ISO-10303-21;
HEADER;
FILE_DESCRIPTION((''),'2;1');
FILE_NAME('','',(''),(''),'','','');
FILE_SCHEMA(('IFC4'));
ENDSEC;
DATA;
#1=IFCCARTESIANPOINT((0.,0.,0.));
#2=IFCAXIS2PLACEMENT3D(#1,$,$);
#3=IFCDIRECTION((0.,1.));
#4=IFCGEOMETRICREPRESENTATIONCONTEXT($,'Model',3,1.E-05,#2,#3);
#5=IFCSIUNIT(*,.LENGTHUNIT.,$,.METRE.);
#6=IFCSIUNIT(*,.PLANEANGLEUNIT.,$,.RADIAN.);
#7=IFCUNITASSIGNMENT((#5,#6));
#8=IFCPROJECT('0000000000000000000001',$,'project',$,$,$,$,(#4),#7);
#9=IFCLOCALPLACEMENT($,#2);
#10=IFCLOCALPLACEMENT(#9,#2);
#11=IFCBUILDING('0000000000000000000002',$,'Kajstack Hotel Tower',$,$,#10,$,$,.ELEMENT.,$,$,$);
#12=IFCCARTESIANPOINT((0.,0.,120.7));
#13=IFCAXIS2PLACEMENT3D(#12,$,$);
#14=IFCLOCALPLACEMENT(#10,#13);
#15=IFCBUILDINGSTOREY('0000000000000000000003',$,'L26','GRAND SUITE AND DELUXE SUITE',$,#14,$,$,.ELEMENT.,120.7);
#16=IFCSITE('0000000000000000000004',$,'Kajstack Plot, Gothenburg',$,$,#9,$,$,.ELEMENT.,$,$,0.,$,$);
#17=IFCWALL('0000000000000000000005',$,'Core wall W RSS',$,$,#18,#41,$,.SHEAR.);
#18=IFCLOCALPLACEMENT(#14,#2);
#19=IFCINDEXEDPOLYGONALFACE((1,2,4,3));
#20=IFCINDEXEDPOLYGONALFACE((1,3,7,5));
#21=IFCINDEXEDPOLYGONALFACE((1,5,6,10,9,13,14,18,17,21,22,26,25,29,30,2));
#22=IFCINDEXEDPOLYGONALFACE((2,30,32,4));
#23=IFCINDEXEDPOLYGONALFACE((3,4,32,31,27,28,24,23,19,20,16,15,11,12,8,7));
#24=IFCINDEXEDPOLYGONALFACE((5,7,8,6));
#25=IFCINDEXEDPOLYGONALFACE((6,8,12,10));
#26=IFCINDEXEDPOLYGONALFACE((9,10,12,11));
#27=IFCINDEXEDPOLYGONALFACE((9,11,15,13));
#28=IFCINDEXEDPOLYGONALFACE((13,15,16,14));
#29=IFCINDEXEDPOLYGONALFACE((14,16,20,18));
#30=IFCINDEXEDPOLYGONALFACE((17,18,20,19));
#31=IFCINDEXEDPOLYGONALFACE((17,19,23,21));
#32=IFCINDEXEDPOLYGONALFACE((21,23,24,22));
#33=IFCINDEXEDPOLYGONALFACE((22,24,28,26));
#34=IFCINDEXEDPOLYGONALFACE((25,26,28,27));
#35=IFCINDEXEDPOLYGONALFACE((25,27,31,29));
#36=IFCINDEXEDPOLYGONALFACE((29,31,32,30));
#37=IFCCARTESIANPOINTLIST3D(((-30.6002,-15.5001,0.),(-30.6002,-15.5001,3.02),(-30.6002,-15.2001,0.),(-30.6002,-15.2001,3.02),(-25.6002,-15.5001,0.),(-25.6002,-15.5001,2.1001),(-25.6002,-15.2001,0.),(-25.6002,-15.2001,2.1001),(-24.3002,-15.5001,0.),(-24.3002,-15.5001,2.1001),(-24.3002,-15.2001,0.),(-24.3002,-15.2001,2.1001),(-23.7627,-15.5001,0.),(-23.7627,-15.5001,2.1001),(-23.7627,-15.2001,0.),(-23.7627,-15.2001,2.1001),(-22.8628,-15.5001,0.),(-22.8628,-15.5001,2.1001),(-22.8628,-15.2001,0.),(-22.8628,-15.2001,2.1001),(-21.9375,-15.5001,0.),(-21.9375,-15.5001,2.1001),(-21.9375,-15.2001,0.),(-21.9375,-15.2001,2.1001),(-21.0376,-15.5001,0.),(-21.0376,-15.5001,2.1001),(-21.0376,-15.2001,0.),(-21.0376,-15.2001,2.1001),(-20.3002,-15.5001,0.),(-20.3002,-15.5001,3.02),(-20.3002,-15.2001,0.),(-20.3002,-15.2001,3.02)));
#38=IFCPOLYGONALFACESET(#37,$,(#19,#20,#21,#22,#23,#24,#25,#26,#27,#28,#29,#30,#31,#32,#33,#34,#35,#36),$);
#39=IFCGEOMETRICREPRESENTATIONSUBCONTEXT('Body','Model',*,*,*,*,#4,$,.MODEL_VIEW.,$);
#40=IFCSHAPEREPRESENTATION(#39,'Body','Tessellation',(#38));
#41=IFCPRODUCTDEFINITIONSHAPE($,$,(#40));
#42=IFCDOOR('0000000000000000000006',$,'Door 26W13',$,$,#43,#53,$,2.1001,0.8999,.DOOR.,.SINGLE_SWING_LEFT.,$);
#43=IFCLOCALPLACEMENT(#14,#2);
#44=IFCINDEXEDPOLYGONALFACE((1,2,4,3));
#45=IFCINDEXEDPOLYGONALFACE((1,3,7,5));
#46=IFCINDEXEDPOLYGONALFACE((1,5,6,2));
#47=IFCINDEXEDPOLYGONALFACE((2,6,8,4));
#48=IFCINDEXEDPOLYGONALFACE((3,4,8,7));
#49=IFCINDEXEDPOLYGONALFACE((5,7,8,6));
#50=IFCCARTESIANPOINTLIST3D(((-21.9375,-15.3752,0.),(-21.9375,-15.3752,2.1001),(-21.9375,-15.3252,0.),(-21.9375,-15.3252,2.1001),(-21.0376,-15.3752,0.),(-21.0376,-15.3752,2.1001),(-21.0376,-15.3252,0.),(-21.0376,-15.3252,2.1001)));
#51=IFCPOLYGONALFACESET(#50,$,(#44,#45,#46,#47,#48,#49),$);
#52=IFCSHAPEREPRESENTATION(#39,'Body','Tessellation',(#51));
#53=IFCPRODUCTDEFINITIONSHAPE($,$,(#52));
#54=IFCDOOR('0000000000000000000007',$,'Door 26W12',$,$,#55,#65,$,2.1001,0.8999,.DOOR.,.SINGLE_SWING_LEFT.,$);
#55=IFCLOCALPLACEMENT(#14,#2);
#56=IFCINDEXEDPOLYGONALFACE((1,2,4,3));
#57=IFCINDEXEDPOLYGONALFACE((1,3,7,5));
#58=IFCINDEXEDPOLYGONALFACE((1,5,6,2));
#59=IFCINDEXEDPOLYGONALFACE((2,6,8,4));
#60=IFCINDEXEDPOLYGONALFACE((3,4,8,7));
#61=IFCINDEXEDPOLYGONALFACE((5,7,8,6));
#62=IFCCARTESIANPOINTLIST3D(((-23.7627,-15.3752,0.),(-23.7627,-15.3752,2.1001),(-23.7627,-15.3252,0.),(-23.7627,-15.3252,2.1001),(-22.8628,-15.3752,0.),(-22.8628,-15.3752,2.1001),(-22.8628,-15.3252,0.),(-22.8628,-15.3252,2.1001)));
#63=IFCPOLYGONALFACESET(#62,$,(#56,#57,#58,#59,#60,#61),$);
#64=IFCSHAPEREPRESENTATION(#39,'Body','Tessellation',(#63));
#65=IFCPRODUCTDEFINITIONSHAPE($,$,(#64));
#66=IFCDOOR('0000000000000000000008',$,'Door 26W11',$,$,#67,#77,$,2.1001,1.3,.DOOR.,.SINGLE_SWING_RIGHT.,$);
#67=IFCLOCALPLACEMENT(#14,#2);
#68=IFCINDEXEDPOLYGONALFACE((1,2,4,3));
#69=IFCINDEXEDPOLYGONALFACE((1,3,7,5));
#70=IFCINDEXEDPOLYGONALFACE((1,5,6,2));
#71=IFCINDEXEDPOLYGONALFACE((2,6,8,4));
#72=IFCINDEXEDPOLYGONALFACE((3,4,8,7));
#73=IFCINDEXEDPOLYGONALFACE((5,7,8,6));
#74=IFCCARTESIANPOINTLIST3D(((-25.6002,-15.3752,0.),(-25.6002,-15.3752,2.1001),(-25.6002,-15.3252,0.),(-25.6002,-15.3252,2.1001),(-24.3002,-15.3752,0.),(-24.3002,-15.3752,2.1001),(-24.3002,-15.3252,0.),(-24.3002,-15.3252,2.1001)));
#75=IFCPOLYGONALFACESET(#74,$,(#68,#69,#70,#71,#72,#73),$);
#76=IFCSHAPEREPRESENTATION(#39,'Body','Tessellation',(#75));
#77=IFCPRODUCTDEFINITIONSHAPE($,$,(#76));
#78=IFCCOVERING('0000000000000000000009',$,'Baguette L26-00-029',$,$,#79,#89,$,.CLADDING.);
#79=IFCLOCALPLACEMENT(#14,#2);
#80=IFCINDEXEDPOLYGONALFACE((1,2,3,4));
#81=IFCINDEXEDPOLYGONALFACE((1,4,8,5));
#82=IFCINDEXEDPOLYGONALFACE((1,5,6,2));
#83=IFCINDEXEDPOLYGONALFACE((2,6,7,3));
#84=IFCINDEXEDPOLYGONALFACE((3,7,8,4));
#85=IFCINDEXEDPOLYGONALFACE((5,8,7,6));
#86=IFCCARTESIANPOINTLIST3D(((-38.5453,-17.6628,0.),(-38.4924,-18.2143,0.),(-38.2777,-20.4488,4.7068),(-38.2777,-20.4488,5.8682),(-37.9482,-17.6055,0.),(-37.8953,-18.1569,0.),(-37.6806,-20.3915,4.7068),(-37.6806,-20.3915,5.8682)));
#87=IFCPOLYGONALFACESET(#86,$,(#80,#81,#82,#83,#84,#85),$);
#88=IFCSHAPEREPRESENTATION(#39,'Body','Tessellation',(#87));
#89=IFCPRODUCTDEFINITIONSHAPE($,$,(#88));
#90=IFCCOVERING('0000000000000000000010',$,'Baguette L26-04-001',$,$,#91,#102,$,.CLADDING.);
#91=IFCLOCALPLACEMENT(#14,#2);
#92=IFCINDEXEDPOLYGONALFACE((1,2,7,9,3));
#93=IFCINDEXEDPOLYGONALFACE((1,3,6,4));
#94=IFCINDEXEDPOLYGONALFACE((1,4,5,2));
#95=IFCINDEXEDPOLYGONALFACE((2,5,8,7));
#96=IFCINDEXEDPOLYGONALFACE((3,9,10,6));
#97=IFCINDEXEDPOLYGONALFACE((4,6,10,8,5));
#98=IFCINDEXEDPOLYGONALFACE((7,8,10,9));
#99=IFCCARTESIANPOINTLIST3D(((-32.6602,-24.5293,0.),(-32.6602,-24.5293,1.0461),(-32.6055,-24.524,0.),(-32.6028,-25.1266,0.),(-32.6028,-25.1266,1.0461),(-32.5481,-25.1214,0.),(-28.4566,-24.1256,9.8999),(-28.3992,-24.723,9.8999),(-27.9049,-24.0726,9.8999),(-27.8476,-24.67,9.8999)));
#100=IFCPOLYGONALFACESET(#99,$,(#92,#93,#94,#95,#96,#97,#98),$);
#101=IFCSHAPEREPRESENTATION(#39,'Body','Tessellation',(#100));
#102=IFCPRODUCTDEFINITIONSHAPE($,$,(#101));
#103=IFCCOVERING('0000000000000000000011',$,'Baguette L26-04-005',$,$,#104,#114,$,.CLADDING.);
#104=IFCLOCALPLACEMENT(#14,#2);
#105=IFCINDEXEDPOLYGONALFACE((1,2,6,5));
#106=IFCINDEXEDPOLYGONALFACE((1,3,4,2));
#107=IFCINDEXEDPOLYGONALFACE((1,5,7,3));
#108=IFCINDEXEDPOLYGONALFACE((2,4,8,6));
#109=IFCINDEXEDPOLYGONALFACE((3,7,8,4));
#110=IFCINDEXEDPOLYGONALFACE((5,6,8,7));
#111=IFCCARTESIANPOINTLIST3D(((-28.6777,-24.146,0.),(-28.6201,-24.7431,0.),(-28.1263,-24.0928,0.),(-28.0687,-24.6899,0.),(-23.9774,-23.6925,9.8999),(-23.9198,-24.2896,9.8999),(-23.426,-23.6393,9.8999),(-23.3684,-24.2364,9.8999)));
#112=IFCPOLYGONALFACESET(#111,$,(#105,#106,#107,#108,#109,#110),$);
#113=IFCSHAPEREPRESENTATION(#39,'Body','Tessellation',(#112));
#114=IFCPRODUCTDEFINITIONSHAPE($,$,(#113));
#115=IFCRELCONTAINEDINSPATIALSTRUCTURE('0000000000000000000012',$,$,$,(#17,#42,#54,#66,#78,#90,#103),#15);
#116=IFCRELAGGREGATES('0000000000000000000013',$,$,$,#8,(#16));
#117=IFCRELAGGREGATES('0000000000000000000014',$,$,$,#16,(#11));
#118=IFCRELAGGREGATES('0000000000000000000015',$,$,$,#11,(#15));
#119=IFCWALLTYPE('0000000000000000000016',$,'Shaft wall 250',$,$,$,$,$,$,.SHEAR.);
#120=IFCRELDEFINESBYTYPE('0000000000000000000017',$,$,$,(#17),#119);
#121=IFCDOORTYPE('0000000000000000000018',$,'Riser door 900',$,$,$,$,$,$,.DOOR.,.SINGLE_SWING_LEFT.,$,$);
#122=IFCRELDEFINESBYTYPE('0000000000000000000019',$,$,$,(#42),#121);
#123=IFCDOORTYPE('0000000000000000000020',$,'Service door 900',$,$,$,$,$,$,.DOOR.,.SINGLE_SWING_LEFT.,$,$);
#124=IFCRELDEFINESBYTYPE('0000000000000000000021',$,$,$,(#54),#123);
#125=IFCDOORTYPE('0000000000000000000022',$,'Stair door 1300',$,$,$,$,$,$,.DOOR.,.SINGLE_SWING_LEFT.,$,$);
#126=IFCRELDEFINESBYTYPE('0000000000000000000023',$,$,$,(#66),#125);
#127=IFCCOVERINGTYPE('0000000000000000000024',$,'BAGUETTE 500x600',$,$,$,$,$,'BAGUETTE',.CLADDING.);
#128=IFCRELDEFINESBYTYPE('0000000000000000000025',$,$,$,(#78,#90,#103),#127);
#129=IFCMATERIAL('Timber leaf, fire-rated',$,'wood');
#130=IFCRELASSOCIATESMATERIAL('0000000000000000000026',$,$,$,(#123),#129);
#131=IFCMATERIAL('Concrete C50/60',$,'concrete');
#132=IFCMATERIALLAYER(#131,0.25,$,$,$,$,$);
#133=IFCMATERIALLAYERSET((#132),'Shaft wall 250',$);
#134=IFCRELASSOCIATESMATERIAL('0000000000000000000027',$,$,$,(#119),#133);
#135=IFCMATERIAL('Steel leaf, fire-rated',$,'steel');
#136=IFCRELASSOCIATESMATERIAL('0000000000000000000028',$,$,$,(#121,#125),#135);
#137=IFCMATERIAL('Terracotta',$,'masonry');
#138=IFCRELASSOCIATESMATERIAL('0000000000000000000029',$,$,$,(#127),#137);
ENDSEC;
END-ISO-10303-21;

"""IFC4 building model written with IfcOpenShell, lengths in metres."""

from ifc_helpers import new_model, si_unit, direction, frame, frame_2d, origin, origin_2d, place, context, subcontext, project, spatial, polyline, rectangle, outline, extrude, material, layer, layer_set, material_profile, profile_set, type_object, element, fill, save


model = new_model("IFC4")

# Units and contexts
model_context = context("Model", 3, precision=1e-05, world=origin(), true_north=direction((0.0, 1.0)))
body_context = subcontext(model_context, "Body", "Model", "MODEL_VIEW")
ifc_project = project(units=[si_unit("LENGTHUNIT", "METRE"), si_unit("PLANEANGLEUNIT", "RADIAN")], contexts=[model_context])

# Site, building, storey
site_placement = place(None, origin())
site = spatial("IfcSite", under=ifc_project, at=site_placement, Name="Kajstack Plot, Gothenburg", CompositionType="ELEMENT", RefElevation=0.0)
building_placement = place(site_placement, origin())
building = spatial("IfcBuilding", under=site, at=building_placement, Name="Kajstack Hotel Tower", CompositionType="ELEMENT")
storey_placement = place(building_placement, frame((0.0, 0.0, 120.7)))
storey = spatial("IfcBuildingStorey", under=building, at=storey_placement, Name="L26", Description="GRAND SUITE AND DELUXE SUITE", CompositionType="ELEMENT", Elevation=120.7)

# Shared definitions
ifc_material_1 = material(Name="Timber leaf, fire-rated", Category="wood")
door_type_1 = type_object("IfcDoorType", Name="Service door 900", OperationType="SINGLE_SWING_LEFT", PredefinedType="DOOR", material=ifc_material_1)

# Wall, openings, doors
ifc_material_2 = material(Name="Concrete C50/60", Category="concrete")
ifc_layer_1 = layer(ifc_material_2, 0.25)
ifc_layer_set_1 = layer_set([ifc_layer_1], Name="Shaft wall 250")
wall_type_1 = type_object("IfcWallType", Name="Shaft wall 250", PredefinedType="SHEAR", material=ifc_layer_set_1)
wall_1_placement = place(storey_placement, frame((-30.6001, -15.3501, 0.0), z_axis=(0.0, 0.0, 1.0), x_axis=(1.0, 0.0, 0.0)))
wall_1 = element("IfcWall", 1, at=wall_1_placement, inside=storey, type_object=wall_type_1, Name="Core wall W RSS", PredefinedType="SHEAR", context=body_context, shape_type="SweptSolid", body=[
    extrude(rectangle(XDim=10.3, YDim=0.3, at=frame_2d((5.1499, 0.0))), origin(), (0.0, 0.0, 1.0), 3.02),
])
opening_1_placement = place(wall_1_placement, frame((5.0, 0.0, 0.0)))
opening_1 = element("IfcOpeningElement", 2, at=opening_1_placement, cuts=wall_1, PredefinedType="OPENING", context=body_context, shape_type="SweptSolid", body=[
    extrude(rectangle(XDim=1.3, YDim=2.1001, at=frame_2d((0.6499, 1.05))), frame((0.0, 0.1599, 0.0), z_axis=(0.0, -1.0, 0.0), x_axis=(1.0, 0.0, 0.0)), (0.0, 0.0, 1.0), 0.3201),
])
opening_2_placement = place(wall_1_placement, frame((6.8374, 0.0, 0.0)))
opening_2 = element("IfcOpeningElement", 3, at=opening_2_placement, cuts=wall_1, PredefinedType="OPENING", context=body_context, shape_type="SweptSolid", body=[
    extrude(rectangle(XDim=0.8999, YDim=2.1001, at=frame_2d((0.45, 1.05))), frame((0.0, 0.1599, 0.0), z_axis=(0.0, -1.0, 0.0), x_axis=(1.0, 0.0, 0.0)), (0.0, 0.0, 1.0), 0.3201),
])
opening_3_placement = place(wall_1_placement, frame((8.6626, 0.0, 0.0)))
opening_3 = element("IfcOpeningElement", 4, at=opening_3_placement, cuts=wall_1, PredefinedType="OPENING", context=body_context, shape_type="SweptSolid", body=[
    extrude(rectangle(XDim=0.8999, YDim=2.1001, at=frame_2d((0.45, 1.05))), frame((0.0, 0.1599, 0.0), z_axis=(0.0, -1.0, 0.0), x_axis=(1.0, 0.0, 0.0)), (0.0, 0.0, 1.0), 0.3201),
])
ifc_material_3 = material(Name="Steel leaf, fire-rated", Category="steel")
door_type_2 = type_object("IfcDoorType", Name="Riser door 900", OperationType="SINGLE_SWING_LEFT", PredefinedType="DOOR", material=ifc_material_3)
door_1_placement = place(opening_3_placement, origin())
door_1 = element("IfcDoor", 5, at=door_1_placement, inside=storey, type_object=door_type_2, Name="Door 26W13", OperationType="SINGLE_SWING_LEFT", OverallHeight=2.1001, OverallWidth=0.8999, PredefinedType="DOOR", context=body_context, shape_type="SweptSolid", body=[
    extrude(rectangle(XDim=0.8999, YDim=2.1001, at=frame_2d((0.45, 1.05))), frame((0.0, 0.0249, 0.0), z_axis=(0.0, -1.0, 0.0), x_axis=(1.0, 0.0, 0.0)), (0.0, 0.0, 1.0), 0.05),
])
fill(opening_3, door_1)
door_2_placement = place(opening_2_placement, origin())
door_2 = element("IfcDoor", 6, at=door_2_placement, inside=storey, type_object=door_type_1, Name="Door 26W12", OperationType="SINGLE_SWING_LEFT", OverallHeight=2.1001, OverallWidth=0.8999, PredefinedType="DOOR", context=body_context, shape_type="SweptSolid", body=[
    extrude(rectangle(XDim=0.8999, YDim=2.1001, at=frame_2d((0.45, 1.05))), frame((0.0, 0.0249, 0.0), z_axis=(0.0, -1.0, 0.0), x_axis=(1.0, 0.0, 0.0)), (0.0, 0.0, 1.0), 0.05),
])
fill(opening_2, door_2)
door_type_3 = type_object("IfcDoorType", Name="Stair door 1300", OperationType="SINGLE_SWING_LEFT", PredefinedType="DOOR", material=ifc_material_3)
door_3_placement = place(opening_1_placement, origin())
door_3 = element("IfcDoor", 7, at=door_3_placement, inside=storey, type_object=door_type_3, Name="Door 26W11", OperationType="SINGLE_SWING_RIGHT", OverallHeight=2.1001, OverallWidth=1.3, PredefinedType="DOOR", context=body_context, shape_type="SweptSolid", body=[
    extrude(rectangle(XDim=1.3, YDim=2.1001, at=frame_2d((0.6499, 1.05))), frame((0.0, 0.0249, 0.0), z_axis=(0.0, -1.0, 0.0), x_axis=(1.0, 0.0, 0.0)), (0.0, 0.0, 1.0), 0.05),
])
fill(opening_1, door_3)

# Coverings
ifc_material_4 = material(Name="Terracotta", Category="masonry")
ifc_material_profile = material_profile(ifc_material_4, rectangle(XDim=0.6001, YDim=0.5, at=origin_2d()), Name="Terracotta-clad concrete baguette 500 x 600")
ifc_profile_set = profile_set([ifc_material_profile], Name="Terracotta")
covering_type = type_object("IfcCoveringType", Name="BAGUETTE 500x600", ElementType="BAGUETTE", PredefinedType="CLADDING", material=ifc_profile_set)
covering_1_placement = place(storey_placement, frame((-37.9482, -17.6055, 0.0), z_axis=(-0.995416, -0.095635, 0.0), x_axis=(0.095635, -0.995416, 0.0)))
element("IfcCovering", 8, at=covering_1_placement, inside=storey, type_object=covering_type, Name="Baguette L26-00-029", PredefinedType="CLADDING", context=body_context, shape_type="SweptSolid", body=[
    extrude(outline(polyline([(0.554, 0.0), (2.7988, 4.7068), (2.7988, 5.8682), (0.0, 0.0), (0.554, 0.0)])), origin(), (0.0, 0.0, 1.0), 0.5999),
])
covering_2_placement = place(storey_placement, frame((-32.6602, -24.5293, 0.0), z_axis=(0.095596, -0.99542, 0.0), x_axis=(0.99542, 0.095596, 0.0)))
element("IfcCovering", 9, at=covering_2_placement, inside=storey, type_object=covering_type, Name="Baguette L26-04-001", PredefinedType="CLADDING", context=body_context, shape_type="SweptSolid", body=[
    extrude(outline(polyline([(4.2229, 9.8999), (0.0, 1.0461), (0.0, 0.0), (0.0549, 0.0), (4.7771, 9.8999), (4.2229, 9.8999)])), origin(), (0.0, 0.0, 1.0), 0.6001),
])
covering_3_placement = place(storey_placement, frame((-28.6777, -24.146, 0.0), z_axis=(0.096038, -0.995378, 0.0), x_axis=(0.995378, 0.096038, 0.0)))
element("IfcCovering", 10, at=covering_3_placement, inside=storey, type_object=covering_type, Name="Baguette L26-04-005", PredefinedType="CLADDING", context=body_context, shape_type="SweptSolid", body=[
    extrude(outline(polyline([(4.7222, 9.8999), (0.0, 0.0), (0.554, 0.0), (5.2761, 9.8999), (4.7222, 9.8999)])), origin(), (0.0, 0.0, 1.0), 0.5999),
])

save(model, "model.ifc")
